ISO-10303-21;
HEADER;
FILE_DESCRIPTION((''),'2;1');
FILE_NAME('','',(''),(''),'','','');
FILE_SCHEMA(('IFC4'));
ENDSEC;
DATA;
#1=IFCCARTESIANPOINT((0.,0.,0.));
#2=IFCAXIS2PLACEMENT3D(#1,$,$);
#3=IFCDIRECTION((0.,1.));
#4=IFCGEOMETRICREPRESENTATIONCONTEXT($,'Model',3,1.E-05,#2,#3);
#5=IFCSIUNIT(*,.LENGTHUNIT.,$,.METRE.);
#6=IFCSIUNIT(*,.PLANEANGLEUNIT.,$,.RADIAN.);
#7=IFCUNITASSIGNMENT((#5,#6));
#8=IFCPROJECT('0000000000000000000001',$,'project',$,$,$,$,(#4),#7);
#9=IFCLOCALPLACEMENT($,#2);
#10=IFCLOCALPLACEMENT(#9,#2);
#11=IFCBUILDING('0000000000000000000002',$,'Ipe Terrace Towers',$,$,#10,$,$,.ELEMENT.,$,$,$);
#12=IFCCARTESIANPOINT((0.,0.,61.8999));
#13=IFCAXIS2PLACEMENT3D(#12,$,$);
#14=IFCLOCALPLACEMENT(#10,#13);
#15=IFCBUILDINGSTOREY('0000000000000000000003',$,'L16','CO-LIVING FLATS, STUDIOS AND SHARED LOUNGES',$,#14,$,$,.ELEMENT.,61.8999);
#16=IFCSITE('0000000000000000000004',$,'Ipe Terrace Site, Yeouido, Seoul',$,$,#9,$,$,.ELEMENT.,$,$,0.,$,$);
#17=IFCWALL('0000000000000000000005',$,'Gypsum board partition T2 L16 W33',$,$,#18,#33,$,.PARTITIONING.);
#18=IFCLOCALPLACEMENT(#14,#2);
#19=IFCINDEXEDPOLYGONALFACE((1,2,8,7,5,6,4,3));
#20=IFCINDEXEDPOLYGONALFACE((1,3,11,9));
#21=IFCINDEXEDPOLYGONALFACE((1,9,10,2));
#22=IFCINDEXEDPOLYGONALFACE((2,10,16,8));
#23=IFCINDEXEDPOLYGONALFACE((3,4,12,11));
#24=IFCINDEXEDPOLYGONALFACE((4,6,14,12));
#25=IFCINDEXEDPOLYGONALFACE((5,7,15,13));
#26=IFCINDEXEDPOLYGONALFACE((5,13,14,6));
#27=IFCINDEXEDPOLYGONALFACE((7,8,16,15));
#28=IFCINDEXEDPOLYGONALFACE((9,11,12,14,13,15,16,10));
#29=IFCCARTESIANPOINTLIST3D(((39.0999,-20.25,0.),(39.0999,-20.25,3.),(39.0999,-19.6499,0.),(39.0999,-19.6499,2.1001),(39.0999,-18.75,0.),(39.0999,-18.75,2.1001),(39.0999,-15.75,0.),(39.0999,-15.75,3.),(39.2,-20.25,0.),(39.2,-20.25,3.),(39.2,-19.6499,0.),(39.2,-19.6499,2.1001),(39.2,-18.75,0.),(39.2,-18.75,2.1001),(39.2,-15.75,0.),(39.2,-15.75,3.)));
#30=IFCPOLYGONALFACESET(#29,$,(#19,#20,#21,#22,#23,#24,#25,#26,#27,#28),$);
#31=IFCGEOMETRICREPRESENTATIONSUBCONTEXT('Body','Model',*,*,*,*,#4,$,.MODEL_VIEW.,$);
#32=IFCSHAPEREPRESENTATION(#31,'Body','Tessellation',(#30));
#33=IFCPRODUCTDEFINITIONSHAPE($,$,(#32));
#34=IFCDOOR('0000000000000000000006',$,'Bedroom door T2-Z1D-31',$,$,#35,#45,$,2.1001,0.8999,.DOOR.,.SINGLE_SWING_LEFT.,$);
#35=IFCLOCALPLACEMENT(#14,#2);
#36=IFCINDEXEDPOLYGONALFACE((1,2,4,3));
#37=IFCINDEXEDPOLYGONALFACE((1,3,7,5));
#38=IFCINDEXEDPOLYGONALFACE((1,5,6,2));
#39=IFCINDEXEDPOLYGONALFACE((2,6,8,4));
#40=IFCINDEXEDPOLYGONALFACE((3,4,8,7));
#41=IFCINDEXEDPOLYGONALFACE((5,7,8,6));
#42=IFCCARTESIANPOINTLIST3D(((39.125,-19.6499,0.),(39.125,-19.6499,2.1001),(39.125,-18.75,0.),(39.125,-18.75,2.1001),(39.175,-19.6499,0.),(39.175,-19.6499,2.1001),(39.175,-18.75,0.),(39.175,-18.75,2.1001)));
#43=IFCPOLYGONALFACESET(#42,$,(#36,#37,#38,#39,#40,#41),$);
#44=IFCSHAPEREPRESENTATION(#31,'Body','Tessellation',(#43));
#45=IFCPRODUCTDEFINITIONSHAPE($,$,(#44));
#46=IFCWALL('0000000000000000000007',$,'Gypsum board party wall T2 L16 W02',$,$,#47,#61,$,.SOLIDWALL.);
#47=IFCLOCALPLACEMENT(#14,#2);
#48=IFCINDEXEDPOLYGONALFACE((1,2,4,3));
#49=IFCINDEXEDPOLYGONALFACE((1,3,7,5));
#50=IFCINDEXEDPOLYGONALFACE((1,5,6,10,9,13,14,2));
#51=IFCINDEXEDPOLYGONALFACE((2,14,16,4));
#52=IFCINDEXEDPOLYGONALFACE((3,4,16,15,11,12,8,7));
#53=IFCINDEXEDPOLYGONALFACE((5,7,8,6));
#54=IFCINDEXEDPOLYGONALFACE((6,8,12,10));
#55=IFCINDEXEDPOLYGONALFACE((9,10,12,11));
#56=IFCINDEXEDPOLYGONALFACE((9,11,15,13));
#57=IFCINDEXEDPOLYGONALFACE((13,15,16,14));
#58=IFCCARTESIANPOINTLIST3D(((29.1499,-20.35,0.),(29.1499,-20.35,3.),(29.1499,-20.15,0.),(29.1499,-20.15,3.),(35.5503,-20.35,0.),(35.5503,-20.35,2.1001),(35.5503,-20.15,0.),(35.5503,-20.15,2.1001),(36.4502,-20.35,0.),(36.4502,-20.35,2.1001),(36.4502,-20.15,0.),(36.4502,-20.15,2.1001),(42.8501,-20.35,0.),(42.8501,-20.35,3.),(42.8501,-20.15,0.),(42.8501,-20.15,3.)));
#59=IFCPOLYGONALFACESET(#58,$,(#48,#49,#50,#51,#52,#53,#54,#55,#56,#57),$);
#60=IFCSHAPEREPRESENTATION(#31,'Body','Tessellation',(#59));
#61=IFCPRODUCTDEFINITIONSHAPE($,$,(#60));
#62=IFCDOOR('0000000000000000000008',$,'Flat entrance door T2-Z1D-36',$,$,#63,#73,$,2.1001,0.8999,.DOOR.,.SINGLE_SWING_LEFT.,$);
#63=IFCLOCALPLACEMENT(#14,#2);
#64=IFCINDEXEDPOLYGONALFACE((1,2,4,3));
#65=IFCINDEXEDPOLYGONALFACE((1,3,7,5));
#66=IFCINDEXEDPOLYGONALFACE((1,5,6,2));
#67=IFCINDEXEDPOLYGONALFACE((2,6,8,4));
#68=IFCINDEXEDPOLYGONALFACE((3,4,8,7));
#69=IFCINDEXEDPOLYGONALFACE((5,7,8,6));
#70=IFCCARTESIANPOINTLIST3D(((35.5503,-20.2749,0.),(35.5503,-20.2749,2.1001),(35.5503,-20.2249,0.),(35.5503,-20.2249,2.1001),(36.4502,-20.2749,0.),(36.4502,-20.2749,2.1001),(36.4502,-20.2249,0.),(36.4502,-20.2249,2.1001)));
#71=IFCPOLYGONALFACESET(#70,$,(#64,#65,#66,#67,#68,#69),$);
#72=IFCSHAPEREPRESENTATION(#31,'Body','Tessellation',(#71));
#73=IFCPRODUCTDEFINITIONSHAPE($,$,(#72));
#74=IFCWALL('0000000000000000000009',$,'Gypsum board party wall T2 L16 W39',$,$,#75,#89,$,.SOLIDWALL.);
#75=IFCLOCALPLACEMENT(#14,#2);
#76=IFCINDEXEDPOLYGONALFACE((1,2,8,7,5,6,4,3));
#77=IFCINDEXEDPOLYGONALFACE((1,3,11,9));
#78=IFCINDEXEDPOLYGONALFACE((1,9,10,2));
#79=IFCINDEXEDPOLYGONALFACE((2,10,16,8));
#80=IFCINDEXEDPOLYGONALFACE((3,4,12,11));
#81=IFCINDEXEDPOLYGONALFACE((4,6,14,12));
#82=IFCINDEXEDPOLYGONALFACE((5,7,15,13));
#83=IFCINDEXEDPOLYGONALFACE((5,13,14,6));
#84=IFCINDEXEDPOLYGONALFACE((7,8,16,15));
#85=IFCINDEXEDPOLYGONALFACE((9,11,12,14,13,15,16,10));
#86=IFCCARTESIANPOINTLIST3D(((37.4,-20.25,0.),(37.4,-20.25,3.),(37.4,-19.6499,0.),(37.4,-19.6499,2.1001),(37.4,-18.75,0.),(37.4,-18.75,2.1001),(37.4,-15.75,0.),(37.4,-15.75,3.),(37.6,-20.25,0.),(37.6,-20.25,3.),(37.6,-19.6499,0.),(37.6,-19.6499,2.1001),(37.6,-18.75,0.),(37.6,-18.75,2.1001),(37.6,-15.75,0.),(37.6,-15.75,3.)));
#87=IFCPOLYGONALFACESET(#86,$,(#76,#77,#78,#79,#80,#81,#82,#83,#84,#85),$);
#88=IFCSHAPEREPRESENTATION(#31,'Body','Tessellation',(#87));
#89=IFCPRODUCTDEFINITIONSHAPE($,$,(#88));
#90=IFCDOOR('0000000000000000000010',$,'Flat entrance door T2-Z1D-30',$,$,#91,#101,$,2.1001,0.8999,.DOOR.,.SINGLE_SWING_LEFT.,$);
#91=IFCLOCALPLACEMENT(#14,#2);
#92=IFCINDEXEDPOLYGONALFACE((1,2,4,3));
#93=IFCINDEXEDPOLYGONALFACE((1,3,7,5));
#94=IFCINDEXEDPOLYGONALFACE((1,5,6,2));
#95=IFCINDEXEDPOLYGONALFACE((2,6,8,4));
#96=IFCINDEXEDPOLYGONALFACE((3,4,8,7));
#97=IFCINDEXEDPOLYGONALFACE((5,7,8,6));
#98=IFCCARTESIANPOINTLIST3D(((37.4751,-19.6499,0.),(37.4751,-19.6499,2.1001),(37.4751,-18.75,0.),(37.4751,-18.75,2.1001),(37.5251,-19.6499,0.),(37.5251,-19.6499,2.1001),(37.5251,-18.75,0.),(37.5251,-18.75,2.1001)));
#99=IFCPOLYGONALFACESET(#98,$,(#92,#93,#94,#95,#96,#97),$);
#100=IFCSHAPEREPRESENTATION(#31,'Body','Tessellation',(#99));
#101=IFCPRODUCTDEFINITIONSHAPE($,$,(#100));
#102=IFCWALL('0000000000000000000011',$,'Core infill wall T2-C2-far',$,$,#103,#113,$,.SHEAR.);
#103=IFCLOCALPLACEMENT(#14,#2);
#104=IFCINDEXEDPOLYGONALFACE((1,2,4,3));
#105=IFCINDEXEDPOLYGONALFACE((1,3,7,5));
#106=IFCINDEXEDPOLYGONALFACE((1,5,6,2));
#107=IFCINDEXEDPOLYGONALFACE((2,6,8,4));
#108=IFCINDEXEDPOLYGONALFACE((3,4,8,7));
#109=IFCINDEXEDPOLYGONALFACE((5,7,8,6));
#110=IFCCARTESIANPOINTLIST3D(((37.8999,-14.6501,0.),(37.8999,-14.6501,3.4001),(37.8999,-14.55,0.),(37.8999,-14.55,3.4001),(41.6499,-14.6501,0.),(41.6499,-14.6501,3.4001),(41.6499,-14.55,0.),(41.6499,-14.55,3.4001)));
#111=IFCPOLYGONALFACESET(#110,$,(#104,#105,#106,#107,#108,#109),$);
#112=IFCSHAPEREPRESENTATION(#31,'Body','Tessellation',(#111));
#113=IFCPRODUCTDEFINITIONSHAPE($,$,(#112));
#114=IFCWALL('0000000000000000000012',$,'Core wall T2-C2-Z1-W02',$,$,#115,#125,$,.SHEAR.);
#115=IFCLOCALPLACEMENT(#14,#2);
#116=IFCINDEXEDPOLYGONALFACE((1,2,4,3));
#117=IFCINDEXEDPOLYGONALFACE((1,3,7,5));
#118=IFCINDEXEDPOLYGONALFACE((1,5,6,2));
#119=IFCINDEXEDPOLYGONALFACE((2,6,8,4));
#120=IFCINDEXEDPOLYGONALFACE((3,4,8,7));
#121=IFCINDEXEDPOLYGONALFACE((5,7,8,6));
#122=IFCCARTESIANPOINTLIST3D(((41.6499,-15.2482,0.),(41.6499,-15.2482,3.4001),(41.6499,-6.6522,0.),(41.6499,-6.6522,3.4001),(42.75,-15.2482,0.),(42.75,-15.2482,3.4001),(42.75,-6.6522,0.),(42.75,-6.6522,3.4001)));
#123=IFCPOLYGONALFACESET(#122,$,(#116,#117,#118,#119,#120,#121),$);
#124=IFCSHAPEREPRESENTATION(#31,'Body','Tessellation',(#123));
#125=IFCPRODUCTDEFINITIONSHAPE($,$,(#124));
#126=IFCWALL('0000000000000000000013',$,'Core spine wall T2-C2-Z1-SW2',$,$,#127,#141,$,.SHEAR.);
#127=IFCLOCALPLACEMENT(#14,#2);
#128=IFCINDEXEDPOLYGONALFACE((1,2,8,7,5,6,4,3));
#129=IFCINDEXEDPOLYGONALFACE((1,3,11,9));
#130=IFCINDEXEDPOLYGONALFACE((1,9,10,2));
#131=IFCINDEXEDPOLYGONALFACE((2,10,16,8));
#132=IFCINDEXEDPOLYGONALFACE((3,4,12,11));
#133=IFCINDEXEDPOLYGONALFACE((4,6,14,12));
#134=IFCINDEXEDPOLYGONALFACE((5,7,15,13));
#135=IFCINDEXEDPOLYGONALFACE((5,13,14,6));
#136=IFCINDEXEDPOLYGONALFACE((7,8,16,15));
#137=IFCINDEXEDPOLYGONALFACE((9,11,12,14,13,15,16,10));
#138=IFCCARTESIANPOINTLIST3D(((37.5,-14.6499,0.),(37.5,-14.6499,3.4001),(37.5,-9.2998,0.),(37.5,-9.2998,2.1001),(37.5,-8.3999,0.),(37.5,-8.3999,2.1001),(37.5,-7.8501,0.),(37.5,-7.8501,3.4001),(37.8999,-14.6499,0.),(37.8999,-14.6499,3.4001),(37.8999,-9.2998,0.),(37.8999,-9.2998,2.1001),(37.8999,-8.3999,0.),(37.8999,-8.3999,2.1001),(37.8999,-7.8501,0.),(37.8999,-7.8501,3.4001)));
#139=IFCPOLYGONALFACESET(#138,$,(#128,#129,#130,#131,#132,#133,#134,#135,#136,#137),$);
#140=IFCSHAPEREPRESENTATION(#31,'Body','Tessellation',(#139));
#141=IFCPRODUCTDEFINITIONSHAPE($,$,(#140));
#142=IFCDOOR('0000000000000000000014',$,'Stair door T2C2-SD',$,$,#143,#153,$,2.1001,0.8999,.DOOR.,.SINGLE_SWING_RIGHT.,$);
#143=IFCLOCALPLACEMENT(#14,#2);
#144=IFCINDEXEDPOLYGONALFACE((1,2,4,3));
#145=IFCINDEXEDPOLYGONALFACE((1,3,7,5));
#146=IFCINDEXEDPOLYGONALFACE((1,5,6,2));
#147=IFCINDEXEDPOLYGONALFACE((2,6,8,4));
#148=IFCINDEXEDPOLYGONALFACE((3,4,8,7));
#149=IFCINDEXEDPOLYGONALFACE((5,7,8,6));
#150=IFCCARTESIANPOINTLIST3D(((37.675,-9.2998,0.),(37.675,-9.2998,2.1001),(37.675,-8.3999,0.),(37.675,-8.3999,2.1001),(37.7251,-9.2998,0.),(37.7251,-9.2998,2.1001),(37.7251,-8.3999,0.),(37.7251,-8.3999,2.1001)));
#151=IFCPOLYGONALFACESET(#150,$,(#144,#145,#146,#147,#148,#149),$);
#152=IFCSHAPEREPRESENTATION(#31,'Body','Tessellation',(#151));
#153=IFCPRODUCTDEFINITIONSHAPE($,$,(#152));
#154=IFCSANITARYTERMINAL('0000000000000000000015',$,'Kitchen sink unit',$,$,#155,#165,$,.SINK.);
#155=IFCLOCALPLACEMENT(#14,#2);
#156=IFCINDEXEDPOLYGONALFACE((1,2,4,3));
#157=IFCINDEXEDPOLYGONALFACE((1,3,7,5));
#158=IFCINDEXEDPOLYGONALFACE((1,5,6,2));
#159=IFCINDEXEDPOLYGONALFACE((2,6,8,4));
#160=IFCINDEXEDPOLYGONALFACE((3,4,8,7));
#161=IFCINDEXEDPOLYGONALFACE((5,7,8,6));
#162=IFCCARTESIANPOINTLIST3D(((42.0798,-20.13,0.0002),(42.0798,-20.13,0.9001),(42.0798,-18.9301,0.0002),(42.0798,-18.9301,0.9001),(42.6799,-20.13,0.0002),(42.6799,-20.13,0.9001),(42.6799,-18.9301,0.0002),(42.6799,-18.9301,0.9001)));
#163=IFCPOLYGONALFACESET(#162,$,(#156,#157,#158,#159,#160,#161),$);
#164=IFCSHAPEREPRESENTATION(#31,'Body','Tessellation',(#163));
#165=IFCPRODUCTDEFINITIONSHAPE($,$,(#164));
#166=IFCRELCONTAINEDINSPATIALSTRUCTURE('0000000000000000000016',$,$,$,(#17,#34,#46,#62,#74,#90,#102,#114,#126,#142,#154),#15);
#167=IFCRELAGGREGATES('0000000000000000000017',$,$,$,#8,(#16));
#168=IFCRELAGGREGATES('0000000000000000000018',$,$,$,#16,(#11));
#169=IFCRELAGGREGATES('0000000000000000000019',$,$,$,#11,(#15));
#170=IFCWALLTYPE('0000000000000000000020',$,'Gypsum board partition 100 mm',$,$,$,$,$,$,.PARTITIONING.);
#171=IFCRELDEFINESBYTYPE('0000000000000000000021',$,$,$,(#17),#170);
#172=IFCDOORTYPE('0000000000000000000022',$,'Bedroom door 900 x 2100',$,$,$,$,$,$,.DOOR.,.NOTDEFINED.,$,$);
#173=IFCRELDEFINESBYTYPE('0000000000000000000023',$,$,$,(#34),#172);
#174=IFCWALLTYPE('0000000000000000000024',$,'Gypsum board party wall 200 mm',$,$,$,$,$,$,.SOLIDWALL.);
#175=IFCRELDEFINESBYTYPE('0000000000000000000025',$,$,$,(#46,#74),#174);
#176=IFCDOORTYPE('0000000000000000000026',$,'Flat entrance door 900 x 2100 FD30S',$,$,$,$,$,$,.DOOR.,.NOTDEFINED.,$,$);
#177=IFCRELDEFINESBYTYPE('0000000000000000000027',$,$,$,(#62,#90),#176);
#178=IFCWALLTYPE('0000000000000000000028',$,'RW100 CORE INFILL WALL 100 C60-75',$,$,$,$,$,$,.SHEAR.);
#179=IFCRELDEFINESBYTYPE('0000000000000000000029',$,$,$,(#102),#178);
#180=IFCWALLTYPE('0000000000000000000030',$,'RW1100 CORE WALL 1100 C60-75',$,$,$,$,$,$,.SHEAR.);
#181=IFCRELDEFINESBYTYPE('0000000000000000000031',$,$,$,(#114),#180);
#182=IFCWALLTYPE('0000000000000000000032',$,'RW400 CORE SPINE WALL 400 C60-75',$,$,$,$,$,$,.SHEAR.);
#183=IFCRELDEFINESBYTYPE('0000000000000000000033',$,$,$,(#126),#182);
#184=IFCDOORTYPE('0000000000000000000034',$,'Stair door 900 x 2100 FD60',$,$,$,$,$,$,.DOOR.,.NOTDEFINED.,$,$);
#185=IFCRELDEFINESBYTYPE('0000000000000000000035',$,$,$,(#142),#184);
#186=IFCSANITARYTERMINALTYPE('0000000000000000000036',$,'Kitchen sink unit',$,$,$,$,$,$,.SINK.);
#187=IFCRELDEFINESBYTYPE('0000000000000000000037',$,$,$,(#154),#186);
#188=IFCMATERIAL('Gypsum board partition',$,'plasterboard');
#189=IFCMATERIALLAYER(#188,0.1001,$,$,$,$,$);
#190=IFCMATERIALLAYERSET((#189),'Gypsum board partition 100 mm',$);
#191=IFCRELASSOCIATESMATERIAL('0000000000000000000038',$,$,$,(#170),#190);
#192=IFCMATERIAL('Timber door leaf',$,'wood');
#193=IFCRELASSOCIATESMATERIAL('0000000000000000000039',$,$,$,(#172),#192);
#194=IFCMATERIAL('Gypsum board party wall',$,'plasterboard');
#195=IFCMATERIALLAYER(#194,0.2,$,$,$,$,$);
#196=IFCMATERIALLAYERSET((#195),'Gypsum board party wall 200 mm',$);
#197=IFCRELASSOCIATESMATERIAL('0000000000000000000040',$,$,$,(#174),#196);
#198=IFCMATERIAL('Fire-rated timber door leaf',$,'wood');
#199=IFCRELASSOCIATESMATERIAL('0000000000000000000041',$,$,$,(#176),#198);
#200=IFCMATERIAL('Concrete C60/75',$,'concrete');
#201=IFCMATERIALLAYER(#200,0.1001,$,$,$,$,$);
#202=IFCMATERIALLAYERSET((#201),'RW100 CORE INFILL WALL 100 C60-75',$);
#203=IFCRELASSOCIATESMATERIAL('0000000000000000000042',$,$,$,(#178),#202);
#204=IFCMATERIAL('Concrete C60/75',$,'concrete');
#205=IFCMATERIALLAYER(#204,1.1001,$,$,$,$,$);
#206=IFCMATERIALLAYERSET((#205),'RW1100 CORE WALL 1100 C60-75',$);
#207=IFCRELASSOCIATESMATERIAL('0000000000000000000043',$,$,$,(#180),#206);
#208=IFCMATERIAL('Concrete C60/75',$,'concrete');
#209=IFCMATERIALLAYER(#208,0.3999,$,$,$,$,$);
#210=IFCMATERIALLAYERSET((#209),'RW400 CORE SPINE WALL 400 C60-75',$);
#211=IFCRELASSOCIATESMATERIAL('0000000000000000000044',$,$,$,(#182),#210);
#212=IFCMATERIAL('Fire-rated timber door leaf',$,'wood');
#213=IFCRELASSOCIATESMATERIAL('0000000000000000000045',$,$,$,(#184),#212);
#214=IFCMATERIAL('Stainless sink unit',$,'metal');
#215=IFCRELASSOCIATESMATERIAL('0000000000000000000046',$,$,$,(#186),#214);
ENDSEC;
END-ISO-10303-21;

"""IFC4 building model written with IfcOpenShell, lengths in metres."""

from ifc_helpers import new_model, si_unit, direction, frame, frame_2d, origin, origin_2d, place, context, subcontext, project, spatial, rectangle, extrude, material, layer, layer_set, type_object, element, fill, save


model = new_model("IFC4")

# Units and contexts
model_context = context("Model", 3, precision=1e-05, world=origin(), true_north=direction((0.0, 1.0)))
body_context = subcontext(model_context, "Body", "Model", "MODEL_VIEW")
ifc_project = project(units=[si_unit("LENGTHUNIT", "METRE"), si_unit("PLANEANGLEUNIT", "RADIAN")], contexts=[model_context])

# Site, building, storey
site_placement = place(None, origin())
site = spatial("IfcSite", under=ifc_project, at=site_placement, Name="Ipe Terrace Site, Yeouido, Seoul", CompositionType="ELEMENT", RefElevation=0.0)
building_placement = place(site_placement, origin())
building = spatial("IfcBuilding", under=site, at=building_placement, Name="Ipe Terrace Towers", CompositionType="ELEMENT")
storey_placement = place(building_placement, frame((0.0, 0.0, 61.8999)))
storey = spatial("IfcBuildingStorey", under=building, at=storey_placement, Name="L16", Description="CO-LIVING FLATS, STUDIOS AND SHARED LOUNGES", CompositionType="ELEMENT", Elevation=61.8999)

# Walls, openings, doors
ifc_material_1 = material(Name="Gypsum board partition", Category="plasterboard")
ifc_layer_1 = layer(ifc_material_1, 0.1001)
ifc_layer_set_1 = layer_set([ifc_layer_1], Name="Gypsum board partition 100 mm")
wall_type_1 = type_object("IfcWallType", Name="Gypsum board partition 100 mm", PredefinedType="PARTITIONING", material=ifc_layer_set_1)
wall_1_placement = place(storey_placement, frame((39.1499, -20.25, 0.0), z_axis=(0.0, 0.0, 1.0), x_axis=(0.0, 1.0, 0.0)))
wall_1 = element("IfcWall", 1, at=wall_1_placement, inside=storey, type_object=wall_type_1, Name="Gypsum board partition T2 L16 W33", PredefinedType="PARTITIONING", context=body_context, shape_type="SweptSolid", body=[
    extrude(rectangle(XDim=4.5, YDim=0.1001, at=frame_2d((2.25, 0.0))), origin(), (0.0, 0.0, 1.0), 3.0),
])
opening_1_placement = place(wall_1_placement, frame((0.6001, 0.0, 0.0)))
opening_1 = element("IfcOpeningElement", 2, at=opening_1_placement, cuts=wall_1, PredefinedType="OPENING", context=body_context, shape_type="SweptSolid", body=[
    extrude(rectangle(XDim=0.8999, YDim=2.1001, at=frame_2d((0.45, 1.05))), frame((0.0, 0.0601, 0.0), z_axis=(0.0, -1.0, 0.0), x_axis=(1.0, 0.0, 0.0)), (0.0, 0.0, 1.0), 0.1201),
])
ifc_material_2 = material(Name="Timber door leaf", Category="wood")
door_type_1 = type_object("IfcDoorType", Name="Bedroom door 900 x 2100", OperationType="NOTDEFINED", PredefinedType="DOOR", material=ifc_material_2)
door_1_placement = place(opening_1_placement, origin())
door_1 = element("IfcDoor", 3, at=door_1_placement, inside=storey, type_object=door_type_1, Name="Bedroom door T2-Z1D-31", OperationType="SINGLE_SWING_LEFT", OverallHeight=2.1001, OverallWidth=0.8999, PredefinedType="DOOR", context=body_context, shape_type="SweptSolid", body=[
    extrude(rectangle(XDim=0.8999, YDim=2.1001, at=frame_2d((0.45, 1.05))), frame((0.0, 0.0249, 0.0), z_axis=(0.0, -1.0, 0.0), x_axis=(1.0, 0.0, 0.0)), (0.0, 0.0, 1.0), 0.05),
])
fill(opening_1, door_1)
ifc_material_3 = material(Name="Gypsum board party wall", Category="plasterboard")
ifc_layer_2 = layer(ifc_material_3, 0.2)
ifc_layer_set_2 = layer_set([ifc_layer_2], Name="Gypsum board party wall 200 mm")
wall_type_2 = type_object("IfcWallType", Name="Gypsum board party wall 200 mm", PredefinedType="SOLIDWALL", material=ifc_layer_set_2)
wall_2_placement = place(storey_placement, frame((42.8501, -20.25, 0.0), z_axis=(0.0, 0.0, 1.0), x_axis=(-1.0, 0.0, 0.0)))
wall_2 = element("IfcWall", 4, at=wall_2_placement, inside=storey, type_object=wall_type_2, Name="Gypsum board party wall T2 L16 W02", PredefinedType="SOLIDWALL", context=body_context, shape_type="SweptSolid", body=[
    extrude(rectangle(XDim=13.7002, YDim=0.2, at=frame_2d((6.8501, 0.0))), origin(), (0.0, 0.0, 1.0), 3.0),
])
opening_2_placement = place(wall_2_placement, frame((6.3999, 0.0, 0.0)))
opening_2 = element("IfcOpeningElement", 5, at=opening_2_placement, cuts=wall_2, PredefinedType="OPENING", context=body_context, shape_type="SweptSolid", body=[
    extrude(rectangle(XDim=0.8999, YDim=2.1001, at=frame_2d((0.45, 1.05))), frame((0.0, 0.1099, 0.0), z_axis=(0.0, -1.0, 0.0), x_axis=(1.0, 0.0, 0.0)), (0.0, 0.0, 1.0), 0.22),
])
ifc_material_4 = material(Name="Fire-rated timber door leaf", Category="wood")
door_type_2 = type_object("IfcDoorType", Name="Flat entrance door 900 x 2100 FD30S", OperationType="NOTDEFINED", PredefinedType="DOOR", material=ifc_material_4)
door_2_placement = place(opening_2_placement, origin())
door_2 = element("IfcDoor", 6, at=door_2_placement, inside=storey, type_object=door_type_2, Name="Flat entrance door T2-Z1D-36", OperationType="SINGLE_SWING_LEFT", OverallHeight=2.1001, OverallWidth=0.8999, PredefinedType="DOOR", context=body_context, shape_type="SweptSolid", body=[
    extrude(rectangle(XDim=0.8999, YDim=2.1001, at=frame_2d((0.45, 1.05))), frame((0.0, 0.0249, 0.0), z_axis=(0.0, -1.0, 0.0), x_axis=(1.0, 0.0, 0.0)), (0.0, 0.0, 1.0), 0.05),
])
fill(opening_2, door_2)
wall_3_placement = place(storey_placement, frame((37.5, -20.25, 0.0), z_axis=(0.0, 0.0, 1.0), x_axis=(0.0, 1.0, 0.0)))
wall_3 = element("IfcWall", 7, at=wall_3_placement, inside=storey, type_object=wall_type_2, Name="Gypsum board party wall T2 L16 W39", PredefinedType="SOLIDWALL", context=body_context, shape_type="SweptSolid", body=[
    extrude(rectangle(XDim=4.5, YDim=0.2, at=frame_2d((2.25, 0.0))), origin(), (0.0, 0.0, 1.0), 3.0),
])
opening_3_placement = place(wall_3_placement, frame((0.6001, 0.0, 0.0)))
opening_3 = element("IfcOpeningElement", 8, at=opening_3_placement, cuts=wall_3, PredefinedType="OPENING", context=body_context, shape_type="SweptSolid", body=[
    extrude(rectangle(XDim=0.8999, YDim=2.1001, at=frame_2d((0.45, 1.05))), frame((0.0, 0.1099, 0.0), z_axis=(0.0, -1.0, 0.0), x_axis=(1.0, 0.0, 0.0)), (0.0, 0.0, 1.0), 0.22),
])
door_3_placement = place(opening_3_placement, origin())
door_3 = element("IfcDoor", 9, at=door_3_placement, inside=storey, type_object=door_type_2, Name="Flat entrance door T2-Z1D-30", OperationType="SINGLE_SWING_LEFT", OverallHeight=2.1001, OverallWidth=0.8999, PredefinedType="DOOR", context=body_context, shape_type="SweptSolid", body=[
    extrude(rectangle(XDim=0.8999, YDim=2.1001, at=frame_2d((0.45, 1.05))), frame((0.0, 0.0249, 0.0), z_axis=(0.0, -1.0, 0.0), x_axis=(1.0, 0.0, 0.0)), (0.0, 0.0, 1.0), 0.05),
])
fill(opening_3, door_3)

# Walls
ifc_material_5 = material(Name="Concrete C60/75", Category="concrete")
ifc_layer_3 = layer(ifc_material_5, 0.1001)
ifc_layer_set_3 = layer_set([ifc_layer_3], Name="RW100 CORE INFILL WALL 100 C60-75")
wall_type_3 = type_object("IfcWallType", Name="RW100 CORE INFILL WALL 100 C60-75", PredefinedType="SHEAR", material=ifc_layer_set_3)
wall_4_placement = place(storey_placement, frame((37.8999, -14.6001, 0.0), z_axis=(0.0, 0.0, 1.0), x_axis=(1.0, 0.0, 0.0)))
element("IfcWall", 10, at=wall_4_placement, inside=storey, type_object=wall_type_3, Name="Core infill wall T2-C2-far", PredefinedType="SHEAR", context=body_context, shape_type="SweptSolid", body=[
    extrude(rectangle(XDim=3.75, YDim=0.1001, at=frame_2d((1.875, 0.0))), origin(), (0.0, 0.0, 1.0), 3.4001),
])
ifc_material_6 = material(Name="Concrete C60/75", Category="concrete")
ifc_layer_4 = layer(ifc_material_6, 1.1001)
ifc_layer_set_4 = layer_set([ifc_layer_4], Name="RW1100 CORE WALL 1100 C60-75")
wall_type_4 = type_object("IfcWallType", Name="RW1100 CORE WALL 1100 C60-75", PredefinedType="SHEAR", material=ifc_layer_set_4)
wall_5_placement = place(storey_placement, frame((42.2, -15.248, 0.0), z_axis=(0.0, 0.0, 1.0), x_axis=(0.0, 1.0, 0.0)))
element("IfcWall", 11, at=wall_5_placement, inside=storey, type_object=wall_type_4, Name="Core wall T2-C2-Z1-W02", PredefinedType="SHEAR", context=body_context, shape_type="SweptSolid", body=[
    extrude(rectangle(XDim=8.5959, YDim=1.1001, at=frame_2d((4.2979, 0.0))), origin(), (0.0, 0.0, 1.0), 3.4001),
])

# Wall, opening, door
ifc_material_7 = material(Name="Concrete C60/75", Category="concrete")
ifc_layer_5 = layer(ifc_material_7, 0.3999)
ifc_layer_set_5 = layer_set([ifc_layer_5], Name="RW400 CORE SPINE WALL 400 C60-75")
wall_type_5 = type_object("IfcWallType", Name="RW400 CORE SPINE WALL 400 C60-75", PredefinedType="SHEAR", material=ifc_layer_set_5)
wall_6_placement = place(storey_placement, frame((37.7, -14.6499, 0.0), z_axis=(0.0, 0.0, 1.0), x_axis=(0.0, 1.0, 0.0)))
wall_6 = element("IfcWall", 12, at=wall_6_placement, inside=storey, type_object=wall_type_5, Name="Core spine wall T2-C2-Z1-SW2", PredefinedType="SHEAR", context=body_context, shape_type="SweptSolid", body=[
    extrude(rectangle(XDim=6.7998, YDim=0.3999, at=frame_2d((3.3999, 0.0))), origin(), (0.0, 0.0, 1.0), 3.4001),
])
opening_4_placement = place(wall_6_placement, frame((5.3501, 0.0, 0.0)))
opening_4 = element("IfcOpeningElement", 13, at=opening_4_placement, cuts=wall_6, PredefinedType="OPENING", context=body_context, shape_type="SweptSolid", body=[
    extrude(rectangle(XDim=0.8999, YDim=2.1001, at=frame_2d((0.45, 1.05))), frame((0.0, 0.21, 0.0), z_axis=(0.0, -1.0, 0.0), x_axis=(1.0, 0.0, 0.0)), (0.0, 0.0, 1.0), 0.4199),
])
ifc_material_8 = material(Name="Fire-rated timber door leaf", Category="wood")
door_type_3 = type_object("IfcDoorType", Name="Stair door 900 x 2100 FD60", OperationType="NOTDEFINED", PredefinedType="DOOR", material=ifc_material_8)
door_4_placement = place(opening_4_placement, origin())
door_4 = element("IfcDoor", 14, at=door_4_placement, inside=storey, type_object=door_type_3, Name="Stair door T2C2-SD", OperationType="SINGLE_SWING_RIGHT", OverallHeight=2.1001, OverallWidth=0.8999, PredefinedType="DOOR", context=body_context, shape_type="SweptSolid", body=[
    extrude(rectangle(XDim=0.8999, YDim=2.1001, at=frame_2d((0.45, 1.05))), frame((0.0, 0.0249, 0.0), z_axis=(0.0, -1.0, 0.0), x_axis=(1.0, 0.0, 0.0)), (0.0, 0.0, 1.0), 0.05),
])
fill(opening_4, door_4)

# Sanitary terminal
ifc_material_9 = material(Name="Stainless sink unit", Category="metal")
sanitary_terminal_type_1 = type_object("IfcSanitaryTerminalType", Name="Kitchen sink unit", PredefinedType="SINK", material=ifc_material_9)
sanitary_terminal_1_placement = place(storey_placement, frame((42.3799, -19.53, 0.0002), z_axis=(0.0, 0.0, 1.0), x_axis=(0.0, -1.0, 0.0)))
element("IfcSanitaryTerminal", 15, at=sanitary_terminal_1_placement, inside=storey, type_object=sanitary_terminal_type_1, Name="Kitchen sink unit", PredefinedType="SINK", context=body_context, shape_type="SweptSolid", body=[
    extrude(rectangle(XDim=1.2, YDim=0.6001, at=origin_2d()), origin(), (0.0, 0.0, 1.0), 0.8999),
])

save(model, "model.ifc")
